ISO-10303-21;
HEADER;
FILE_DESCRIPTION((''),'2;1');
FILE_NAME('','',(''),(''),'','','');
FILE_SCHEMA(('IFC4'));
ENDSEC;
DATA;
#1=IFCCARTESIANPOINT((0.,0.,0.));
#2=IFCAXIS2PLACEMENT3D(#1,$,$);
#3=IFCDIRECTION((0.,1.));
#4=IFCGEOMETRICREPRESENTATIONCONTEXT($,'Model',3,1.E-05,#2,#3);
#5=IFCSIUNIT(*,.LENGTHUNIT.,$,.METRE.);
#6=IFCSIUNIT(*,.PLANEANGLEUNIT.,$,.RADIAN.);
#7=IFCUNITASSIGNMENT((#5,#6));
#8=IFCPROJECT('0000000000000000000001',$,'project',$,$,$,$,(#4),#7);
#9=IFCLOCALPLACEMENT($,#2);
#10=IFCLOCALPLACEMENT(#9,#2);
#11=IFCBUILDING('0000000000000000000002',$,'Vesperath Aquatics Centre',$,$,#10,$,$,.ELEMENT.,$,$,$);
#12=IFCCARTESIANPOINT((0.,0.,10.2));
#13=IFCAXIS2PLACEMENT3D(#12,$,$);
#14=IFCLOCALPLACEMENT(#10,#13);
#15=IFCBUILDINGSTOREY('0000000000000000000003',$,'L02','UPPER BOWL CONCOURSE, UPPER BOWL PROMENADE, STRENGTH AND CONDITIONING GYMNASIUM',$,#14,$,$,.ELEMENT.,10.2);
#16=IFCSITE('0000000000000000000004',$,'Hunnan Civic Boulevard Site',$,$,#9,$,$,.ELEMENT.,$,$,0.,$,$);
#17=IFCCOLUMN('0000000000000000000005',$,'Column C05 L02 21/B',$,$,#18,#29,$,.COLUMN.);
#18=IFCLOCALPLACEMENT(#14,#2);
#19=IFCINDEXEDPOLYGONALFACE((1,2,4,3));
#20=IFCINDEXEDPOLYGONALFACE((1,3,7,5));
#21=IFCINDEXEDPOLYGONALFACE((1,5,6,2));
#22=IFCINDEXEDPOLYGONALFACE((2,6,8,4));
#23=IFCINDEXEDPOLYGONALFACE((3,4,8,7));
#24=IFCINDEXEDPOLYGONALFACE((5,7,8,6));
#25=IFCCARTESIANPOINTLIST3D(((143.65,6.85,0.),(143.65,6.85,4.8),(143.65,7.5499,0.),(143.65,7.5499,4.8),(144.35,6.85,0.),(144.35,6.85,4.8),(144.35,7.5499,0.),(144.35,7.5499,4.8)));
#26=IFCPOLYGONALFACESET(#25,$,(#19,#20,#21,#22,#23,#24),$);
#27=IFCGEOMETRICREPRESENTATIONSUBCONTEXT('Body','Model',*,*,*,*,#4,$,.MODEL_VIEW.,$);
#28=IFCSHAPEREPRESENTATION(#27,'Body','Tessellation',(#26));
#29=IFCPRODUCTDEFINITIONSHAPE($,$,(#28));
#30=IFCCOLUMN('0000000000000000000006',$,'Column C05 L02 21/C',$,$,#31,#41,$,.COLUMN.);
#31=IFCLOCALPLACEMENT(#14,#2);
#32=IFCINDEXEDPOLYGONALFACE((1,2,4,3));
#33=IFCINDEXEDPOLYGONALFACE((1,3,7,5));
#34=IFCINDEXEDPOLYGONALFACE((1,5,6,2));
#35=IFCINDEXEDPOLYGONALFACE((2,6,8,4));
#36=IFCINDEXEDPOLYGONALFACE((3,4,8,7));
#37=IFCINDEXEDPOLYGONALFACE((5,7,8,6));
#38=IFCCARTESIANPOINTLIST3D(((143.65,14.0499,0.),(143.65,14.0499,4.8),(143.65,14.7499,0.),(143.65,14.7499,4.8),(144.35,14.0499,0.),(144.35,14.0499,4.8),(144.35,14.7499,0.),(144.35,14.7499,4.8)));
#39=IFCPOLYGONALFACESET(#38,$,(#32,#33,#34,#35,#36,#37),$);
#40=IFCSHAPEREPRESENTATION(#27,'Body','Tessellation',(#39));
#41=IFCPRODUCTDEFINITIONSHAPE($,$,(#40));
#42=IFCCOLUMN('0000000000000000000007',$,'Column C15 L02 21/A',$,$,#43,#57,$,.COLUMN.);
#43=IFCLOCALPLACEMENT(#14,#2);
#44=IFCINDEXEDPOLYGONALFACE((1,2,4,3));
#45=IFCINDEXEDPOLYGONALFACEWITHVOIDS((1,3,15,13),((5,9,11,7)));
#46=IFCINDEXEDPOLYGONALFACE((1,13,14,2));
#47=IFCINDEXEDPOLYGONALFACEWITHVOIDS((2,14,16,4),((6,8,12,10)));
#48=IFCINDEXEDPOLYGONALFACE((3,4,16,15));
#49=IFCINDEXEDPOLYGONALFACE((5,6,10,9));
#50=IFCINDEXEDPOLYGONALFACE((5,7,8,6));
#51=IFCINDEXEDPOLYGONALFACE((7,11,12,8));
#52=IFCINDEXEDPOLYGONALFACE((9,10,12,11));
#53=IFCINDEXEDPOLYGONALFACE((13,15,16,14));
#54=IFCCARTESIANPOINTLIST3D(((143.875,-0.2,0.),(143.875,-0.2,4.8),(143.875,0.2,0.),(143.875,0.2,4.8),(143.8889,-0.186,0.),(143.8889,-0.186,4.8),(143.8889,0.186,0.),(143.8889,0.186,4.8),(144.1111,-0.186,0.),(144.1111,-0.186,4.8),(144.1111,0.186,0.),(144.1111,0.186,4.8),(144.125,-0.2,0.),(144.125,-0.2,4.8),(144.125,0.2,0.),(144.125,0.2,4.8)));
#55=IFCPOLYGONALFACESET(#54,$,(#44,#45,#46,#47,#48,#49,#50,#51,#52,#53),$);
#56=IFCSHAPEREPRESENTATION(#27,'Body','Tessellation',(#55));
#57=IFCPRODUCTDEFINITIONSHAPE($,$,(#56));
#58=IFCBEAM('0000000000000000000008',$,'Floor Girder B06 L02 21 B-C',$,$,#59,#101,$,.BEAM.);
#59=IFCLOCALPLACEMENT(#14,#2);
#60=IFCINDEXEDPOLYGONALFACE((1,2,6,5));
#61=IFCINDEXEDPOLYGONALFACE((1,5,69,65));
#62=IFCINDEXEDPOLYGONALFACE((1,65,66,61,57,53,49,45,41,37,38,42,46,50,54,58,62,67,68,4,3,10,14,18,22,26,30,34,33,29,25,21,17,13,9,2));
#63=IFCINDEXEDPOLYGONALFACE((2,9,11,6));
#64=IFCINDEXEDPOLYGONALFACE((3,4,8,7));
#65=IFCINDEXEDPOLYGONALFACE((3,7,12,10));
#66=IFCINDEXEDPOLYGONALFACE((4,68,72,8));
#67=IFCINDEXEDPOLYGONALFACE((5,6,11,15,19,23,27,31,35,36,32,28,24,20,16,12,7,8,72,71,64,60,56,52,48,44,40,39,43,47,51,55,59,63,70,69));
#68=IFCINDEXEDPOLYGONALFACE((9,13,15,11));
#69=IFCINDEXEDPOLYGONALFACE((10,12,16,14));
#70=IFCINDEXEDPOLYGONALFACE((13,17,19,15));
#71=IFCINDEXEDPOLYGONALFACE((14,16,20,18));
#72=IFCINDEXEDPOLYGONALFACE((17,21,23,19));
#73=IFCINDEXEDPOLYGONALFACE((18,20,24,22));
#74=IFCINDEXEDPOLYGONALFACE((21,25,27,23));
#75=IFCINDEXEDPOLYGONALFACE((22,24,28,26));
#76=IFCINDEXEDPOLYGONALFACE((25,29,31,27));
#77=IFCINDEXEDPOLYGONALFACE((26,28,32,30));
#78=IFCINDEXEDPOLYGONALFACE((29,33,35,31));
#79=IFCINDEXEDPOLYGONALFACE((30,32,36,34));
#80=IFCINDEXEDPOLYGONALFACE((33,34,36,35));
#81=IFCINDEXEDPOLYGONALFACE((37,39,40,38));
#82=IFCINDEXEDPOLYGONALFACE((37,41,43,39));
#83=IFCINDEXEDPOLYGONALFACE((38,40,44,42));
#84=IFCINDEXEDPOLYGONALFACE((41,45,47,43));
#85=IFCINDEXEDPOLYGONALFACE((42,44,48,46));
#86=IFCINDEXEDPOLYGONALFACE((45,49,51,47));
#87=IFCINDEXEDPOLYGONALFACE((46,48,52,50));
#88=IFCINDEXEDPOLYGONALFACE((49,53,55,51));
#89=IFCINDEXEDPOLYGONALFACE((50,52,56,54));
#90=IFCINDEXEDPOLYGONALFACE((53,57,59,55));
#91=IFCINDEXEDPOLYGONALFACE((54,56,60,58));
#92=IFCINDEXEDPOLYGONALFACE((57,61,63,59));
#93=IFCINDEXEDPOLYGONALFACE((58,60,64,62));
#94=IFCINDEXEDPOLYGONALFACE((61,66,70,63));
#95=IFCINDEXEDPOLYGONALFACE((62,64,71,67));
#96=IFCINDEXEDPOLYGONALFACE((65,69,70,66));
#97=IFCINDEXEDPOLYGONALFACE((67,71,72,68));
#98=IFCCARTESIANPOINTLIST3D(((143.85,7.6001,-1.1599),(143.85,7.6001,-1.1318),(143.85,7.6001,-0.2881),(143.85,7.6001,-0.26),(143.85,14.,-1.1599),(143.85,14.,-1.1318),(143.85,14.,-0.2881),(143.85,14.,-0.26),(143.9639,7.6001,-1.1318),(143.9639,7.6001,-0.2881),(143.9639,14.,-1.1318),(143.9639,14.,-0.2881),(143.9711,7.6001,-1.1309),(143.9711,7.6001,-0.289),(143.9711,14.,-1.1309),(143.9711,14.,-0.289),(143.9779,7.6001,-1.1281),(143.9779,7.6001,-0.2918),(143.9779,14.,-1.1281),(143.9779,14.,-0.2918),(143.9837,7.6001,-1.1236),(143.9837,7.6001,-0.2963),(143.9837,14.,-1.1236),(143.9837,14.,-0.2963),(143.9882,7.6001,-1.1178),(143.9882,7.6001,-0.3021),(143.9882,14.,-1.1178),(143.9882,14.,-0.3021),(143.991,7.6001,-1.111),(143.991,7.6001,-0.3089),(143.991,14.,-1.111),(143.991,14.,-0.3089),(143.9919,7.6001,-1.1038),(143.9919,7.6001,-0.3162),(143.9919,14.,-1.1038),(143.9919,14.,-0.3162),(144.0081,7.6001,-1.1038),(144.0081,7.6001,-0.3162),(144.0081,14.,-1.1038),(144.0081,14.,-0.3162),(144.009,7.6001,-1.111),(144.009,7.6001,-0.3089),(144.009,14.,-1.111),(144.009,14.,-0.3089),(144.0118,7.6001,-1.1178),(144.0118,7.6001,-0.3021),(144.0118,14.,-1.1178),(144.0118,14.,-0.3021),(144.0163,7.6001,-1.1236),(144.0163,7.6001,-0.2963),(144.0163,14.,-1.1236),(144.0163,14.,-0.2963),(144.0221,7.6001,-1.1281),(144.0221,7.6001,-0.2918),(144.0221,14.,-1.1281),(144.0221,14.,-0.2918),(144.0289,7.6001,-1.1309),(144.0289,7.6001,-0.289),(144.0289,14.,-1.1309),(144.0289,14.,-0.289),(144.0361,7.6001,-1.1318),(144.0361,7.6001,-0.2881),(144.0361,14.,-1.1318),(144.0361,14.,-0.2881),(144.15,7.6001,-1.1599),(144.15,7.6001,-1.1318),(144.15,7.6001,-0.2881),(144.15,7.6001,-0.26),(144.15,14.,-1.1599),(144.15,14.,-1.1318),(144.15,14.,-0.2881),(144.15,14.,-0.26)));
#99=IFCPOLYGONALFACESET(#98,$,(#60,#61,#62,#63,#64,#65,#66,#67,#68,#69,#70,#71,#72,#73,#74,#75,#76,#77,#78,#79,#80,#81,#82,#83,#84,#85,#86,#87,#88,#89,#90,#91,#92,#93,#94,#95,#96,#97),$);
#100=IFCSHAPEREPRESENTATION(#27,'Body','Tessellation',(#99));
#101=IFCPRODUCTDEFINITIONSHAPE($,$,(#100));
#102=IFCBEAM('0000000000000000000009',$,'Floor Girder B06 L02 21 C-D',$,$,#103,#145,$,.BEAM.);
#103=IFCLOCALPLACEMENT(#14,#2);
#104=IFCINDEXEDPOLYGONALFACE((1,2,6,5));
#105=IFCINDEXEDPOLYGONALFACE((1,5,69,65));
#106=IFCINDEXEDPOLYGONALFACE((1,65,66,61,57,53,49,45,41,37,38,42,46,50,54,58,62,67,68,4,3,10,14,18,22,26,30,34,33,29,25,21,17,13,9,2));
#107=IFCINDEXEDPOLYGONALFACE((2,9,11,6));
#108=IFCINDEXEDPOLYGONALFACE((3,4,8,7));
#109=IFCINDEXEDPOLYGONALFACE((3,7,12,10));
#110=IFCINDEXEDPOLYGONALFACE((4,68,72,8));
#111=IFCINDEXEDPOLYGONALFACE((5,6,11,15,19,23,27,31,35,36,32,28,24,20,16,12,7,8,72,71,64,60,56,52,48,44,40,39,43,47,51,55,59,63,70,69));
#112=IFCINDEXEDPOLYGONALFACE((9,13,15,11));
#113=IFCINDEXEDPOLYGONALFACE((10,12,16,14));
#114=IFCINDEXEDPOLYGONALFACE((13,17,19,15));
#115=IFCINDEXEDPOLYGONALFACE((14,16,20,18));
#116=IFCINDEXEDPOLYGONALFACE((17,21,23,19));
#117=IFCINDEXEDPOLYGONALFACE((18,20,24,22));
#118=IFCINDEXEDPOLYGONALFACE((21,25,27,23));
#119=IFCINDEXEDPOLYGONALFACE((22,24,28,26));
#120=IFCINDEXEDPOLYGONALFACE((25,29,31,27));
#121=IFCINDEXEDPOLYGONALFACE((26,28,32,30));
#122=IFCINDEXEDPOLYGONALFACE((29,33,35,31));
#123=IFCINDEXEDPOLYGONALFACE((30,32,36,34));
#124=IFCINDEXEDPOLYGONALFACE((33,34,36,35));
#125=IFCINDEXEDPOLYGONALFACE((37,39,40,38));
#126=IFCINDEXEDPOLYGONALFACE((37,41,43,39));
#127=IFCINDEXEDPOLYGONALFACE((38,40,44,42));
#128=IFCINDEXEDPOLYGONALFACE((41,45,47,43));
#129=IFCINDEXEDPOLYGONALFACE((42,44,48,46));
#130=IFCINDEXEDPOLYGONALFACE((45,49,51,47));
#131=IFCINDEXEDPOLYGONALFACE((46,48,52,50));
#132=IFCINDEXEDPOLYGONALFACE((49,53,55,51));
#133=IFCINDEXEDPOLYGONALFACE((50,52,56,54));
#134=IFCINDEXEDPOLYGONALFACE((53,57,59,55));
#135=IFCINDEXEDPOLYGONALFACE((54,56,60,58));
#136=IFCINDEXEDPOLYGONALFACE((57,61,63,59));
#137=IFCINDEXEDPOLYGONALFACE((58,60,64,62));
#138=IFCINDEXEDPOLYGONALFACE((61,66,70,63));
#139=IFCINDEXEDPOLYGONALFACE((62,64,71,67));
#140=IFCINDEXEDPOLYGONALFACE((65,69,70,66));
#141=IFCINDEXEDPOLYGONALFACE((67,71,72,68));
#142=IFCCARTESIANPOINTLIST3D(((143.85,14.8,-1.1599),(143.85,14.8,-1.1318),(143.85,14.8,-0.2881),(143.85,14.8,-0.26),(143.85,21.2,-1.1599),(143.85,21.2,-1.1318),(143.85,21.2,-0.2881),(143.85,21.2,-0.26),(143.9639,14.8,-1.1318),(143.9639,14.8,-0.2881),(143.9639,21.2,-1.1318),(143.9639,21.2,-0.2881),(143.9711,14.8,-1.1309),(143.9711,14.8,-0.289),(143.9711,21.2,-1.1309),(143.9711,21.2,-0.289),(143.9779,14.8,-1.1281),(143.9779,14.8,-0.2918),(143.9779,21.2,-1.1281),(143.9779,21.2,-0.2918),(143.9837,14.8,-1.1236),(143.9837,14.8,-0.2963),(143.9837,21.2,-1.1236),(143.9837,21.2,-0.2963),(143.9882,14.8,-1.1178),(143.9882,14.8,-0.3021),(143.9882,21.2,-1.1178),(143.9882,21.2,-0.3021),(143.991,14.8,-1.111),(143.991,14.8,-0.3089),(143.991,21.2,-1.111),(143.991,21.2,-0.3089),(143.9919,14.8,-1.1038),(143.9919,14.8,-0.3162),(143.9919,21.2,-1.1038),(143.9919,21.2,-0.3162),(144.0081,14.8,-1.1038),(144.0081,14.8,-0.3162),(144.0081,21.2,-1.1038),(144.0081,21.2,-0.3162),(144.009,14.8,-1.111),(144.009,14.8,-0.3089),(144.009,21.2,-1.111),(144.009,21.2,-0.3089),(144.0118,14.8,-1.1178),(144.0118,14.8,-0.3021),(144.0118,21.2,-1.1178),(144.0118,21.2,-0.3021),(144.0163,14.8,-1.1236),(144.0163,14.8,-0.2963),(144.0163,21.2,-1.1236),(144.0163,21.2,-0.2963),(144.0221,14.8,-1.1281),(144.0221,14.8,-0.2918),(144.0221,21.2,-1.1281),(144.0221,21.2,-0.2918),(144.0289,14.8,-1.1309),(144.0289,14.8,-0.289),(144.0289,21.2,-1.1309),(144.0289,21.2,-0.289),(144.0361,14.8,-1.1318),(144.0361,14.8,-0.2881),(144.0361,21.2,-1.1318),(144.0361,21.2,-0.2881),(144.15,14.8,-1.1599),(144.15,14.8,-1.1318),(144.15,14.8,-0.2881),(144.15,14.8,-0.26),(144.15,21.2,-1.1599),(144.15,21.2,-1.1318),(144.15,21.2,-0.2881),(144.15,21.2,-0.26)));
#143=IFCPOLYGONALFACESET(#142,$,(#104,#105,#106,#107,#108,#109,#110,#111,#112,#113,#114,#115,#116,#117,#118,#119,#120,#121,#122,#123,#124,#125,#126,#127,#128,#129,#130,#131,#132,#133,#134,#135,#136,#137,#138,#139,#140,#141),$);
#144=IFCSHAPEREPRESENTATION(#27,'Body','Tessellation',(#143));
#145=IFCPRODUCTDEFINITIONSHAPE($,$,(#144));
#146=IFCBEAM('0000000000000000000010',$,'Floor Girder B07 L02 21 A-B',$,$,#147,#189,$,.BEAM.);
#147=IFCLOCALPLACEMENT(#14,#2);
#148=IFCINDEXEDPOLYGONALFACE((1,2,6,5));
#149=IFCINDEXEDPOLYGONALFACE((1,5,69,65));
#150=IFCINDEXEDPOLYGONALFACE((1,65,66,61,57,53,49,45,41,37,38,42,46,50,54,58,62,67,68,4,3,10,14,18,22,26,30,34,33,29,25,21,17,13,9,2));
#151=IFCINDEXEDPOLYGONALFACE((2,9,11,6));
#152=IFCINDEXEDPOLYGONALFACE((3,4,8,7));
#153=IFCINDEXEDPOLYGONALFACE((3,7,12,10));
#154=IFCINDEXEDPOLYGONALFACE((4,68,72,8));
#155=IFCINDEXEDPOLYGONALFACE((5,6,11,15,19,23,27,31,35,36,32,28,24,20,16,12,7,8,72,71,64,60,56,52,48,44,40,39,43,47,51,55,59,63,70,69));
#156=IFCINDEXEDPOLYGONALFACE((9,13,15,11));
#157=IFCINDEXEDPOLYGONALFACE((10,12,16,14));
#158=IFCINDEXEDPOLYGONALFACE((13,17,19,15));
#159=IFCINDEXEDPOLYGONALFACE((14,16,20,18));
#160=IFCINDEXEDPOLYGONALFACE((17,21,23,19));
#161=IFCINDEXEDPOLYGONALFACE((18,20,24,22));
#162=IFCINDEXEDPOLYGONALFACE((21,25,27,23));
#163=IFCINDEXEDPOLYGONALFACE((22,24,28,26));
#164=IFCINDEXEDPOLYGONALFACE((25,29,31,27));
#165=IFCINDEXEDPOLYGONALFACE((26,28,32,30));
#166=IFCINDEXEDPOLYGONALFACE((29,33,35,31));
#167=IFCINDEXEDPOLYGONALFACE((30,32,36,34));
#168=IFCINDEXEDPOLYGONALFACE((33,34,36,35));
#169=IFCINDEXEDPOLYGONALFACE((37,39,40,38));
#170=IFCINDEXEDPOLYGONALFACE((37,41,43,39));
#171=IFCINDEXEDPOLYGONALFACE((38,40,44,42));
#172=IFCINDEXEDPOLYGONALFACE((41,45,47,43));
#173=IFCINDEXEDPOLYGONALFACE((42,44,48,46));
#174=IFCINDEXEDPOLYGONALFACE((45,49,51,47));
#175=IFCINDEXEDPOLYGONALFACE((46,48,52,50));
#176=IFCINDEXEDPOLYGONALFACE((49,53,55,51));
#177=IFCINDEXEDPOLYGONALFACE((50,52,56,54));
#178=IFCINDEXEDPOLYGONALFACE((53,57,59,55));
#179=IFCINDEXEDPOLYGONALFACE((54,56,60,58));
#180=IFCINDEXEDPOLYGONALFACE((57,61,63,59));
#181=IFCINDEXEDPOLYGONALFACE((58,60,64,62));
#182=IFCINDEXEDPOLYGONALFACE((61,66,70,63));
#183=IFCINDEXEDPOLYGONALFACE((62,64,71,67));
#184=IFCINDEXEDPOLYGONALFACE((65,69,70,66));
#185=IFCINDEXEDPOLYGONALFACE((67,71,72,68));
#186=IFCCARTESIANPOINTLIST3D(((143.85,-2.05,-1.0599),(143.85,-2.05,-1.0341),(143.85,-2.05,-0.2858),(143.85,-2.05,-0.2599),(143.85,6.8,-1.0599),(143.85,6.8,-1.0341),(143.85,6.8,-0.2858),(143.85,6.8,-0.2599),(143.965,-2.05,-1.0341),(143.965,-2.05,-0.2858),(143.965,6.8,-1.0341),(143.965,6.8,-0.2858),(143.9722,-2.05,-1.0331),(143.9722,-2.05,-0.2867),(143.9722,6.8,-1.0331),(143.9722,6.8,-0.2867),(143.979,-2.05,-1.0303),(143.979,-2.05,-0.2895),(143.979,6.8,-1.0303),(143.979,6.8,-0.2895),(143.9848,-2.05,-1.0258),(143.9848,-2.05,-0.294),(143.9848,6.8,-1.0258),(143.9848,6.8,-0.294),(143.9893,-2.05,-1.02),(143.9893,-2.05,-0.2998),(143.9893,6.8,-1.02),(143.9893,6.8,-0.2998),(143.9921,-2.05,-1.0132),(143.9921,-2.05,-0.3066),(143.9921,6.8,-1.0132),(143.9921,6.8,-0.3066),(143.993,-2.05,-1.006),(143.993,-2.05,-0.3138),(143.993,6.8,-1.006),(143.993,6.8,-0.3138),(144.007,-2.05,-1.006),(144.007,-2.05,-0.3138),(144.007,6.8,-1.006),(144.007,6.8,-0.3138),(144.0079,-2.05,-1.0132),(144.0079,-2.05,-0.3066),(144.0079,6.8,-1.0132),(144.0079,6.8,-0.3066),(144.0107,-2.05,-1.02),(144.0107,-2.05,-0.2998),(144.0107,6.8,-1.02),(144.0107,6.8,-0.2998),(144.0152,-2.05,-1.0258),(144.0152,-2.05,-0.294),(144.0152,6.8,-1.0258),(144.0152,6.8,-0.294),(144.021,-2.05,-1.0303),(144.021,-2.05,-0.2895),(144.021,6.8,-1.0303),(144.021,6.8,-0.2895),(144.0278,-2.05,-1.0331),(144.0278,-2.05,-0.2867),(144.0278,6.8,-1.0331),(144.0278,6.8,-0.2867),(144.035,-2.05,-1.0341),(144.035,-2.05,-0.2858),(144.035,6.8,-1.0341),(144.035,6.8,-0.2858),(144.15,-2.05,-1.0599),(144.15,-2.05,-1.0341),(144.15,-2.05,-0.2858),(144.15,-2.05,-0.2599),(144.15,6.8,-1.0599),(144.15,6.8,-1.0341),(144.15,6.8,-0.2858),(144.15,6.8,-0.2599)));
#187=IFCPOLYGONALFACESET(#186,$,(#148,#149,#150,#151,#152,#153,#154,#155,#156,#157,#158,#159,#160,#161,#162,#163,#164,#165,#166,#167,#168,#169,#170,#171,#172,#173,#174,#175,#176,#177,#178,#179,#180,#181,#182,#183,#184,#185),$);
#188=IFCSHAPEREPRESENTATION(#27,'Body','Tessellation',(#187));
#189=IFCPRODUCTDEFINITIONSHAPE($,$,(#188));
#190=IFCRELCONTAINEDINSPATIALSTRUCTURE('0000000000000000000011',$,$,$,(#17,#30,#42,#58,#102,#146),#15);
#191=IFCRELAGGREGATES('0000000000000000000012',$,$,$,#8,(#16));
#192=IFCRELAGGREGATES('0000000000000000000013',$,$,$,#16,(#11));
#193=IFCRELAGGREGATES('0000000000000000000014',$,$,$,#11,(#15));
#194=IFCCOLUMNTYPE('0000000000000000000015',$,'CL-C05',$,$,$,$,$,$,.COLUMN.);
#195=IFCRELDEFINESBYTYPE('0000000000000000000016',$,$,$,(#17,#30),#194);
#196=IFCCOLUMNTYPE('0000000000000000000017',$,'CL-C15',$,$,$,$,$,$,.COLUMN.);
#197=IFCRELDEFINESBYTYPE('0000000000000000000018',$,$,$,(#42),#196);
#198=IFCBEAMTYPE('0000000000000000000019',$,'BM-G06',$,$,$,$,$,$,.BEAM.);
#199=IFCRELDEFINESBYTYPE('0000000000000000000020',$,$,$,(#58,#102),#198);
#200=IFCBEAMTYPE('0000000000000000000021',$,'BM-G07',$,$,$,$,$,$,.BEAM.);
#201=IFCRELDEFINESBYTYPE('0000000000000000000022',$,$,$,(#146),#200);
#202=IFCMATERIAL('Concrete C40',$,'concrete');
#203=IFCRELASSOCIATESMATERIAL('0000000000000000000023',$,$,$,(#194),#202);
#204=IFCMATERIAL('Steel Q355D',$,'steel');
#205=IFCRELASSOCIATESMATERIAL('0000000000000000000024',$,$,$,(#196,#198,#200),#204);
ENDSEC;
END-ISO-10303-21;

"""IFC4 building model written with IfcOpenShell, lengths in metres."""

from ifc_helpers import new_model, si_unit, direction, frame, origin, origin_2d, place, context, subcontext, project, spatial, rectangle, hollow_rectangle, i_section, extrude, material, material_profile, profile_set, type_object, element, save


model = new_model("IFC4")

# Units and contexts
model_context = context("Model", 3, precision=1e-05, world=origin(), true_north=direction((0.0, 1.0)))
body_context = subcontext(model_context, "Body", "Model", "MODEL_VIEW")
ifc_project = project(units=[si_unit("LENGTHUNIT", "METRE"), si_unit("PLANEANGLEUNIT", "RADIAN")], contexts=[model_context])

# Site, building, storey
site_placement = place(None, origin())
site = spatial("IfcSite", under=ifc_project, at=site_placement, Name="Hunnan Civic Boulevard Site", CompositionType="ELEMENT", RefElevation=0.0)
building_placement = place(site_placement, origin())
building = spatial("IfcBuilding", under=site, at=building_placement, Name="Vesperath Aquatics Centre", CompositionType="ELEMENT")
storey_placement = place(building_placement, frame((0.0, 0.0, 10.2)))
storey = spatial("IfcBuildingStorey", under=building, at=storey_placement, Name="L02", Description="UPPER BOWL CONCOURSE, UPPER BOWL PROMENADE, STRENGTH AND CONDITIONING GYMNASIUM", CompositionType="ELEMENT", Elevation=10.2)

# Columns
ifc_material_1 = material(Name="Concrete C40", Category="concrete")
ifc_material_profile_1 = material_profile(ifc_material_1, rectangle(XDim=0.7, YDim=0.7, at=origin_2d()), Name="RC 700x700")
ifc_profile_set_1 = profile_set([ifc_material_profile_1], Name="Concrete C40")
column_type_1 = type_object("IfcColumnType", Name="CL-C05", PredefinedType="COLUMN", material=ifc_profile_set_1)
for number, where, z_axis, x_axis, name in (
    (1, (144.0, 7.2, 0.0), (0.0, 0.0, 1.0), (1.0, 0.0, 0.0), "Column C05 L02 21/B"),
    (2, (144.0, 14.3999, 0.0), (0.0, 0.0, 1.0), (1.0, 0.0, 0.0), "Column C05 L02 21/C"),
):
    element("IfcColumn", number, at=place(storey_placement, frame(where, z_axis=z_axis, x_axis=x_axis)), inside=storey, type_object=column_type_1, Name=name, PredefinedType="COLUMN", context=body_context, shape_type="SweptSolid", body=[
        extrude(rectangle(XDim=0.7, YDim=0.7, at=origin_2d()), origin(), (0.0, 0.0, 1.0), 4.8),
    ])
ifc_material_2 = material(Name="Steel Q355D", Category="steel")
ifc_material_profile_2 = material_profile(ifc_material_2, hollow_rectangle(XDim=0.25, YDim=0.3999, WallThickness=0.0139, at=origin_2d()), Name="RHS 400x250x14")
ifc_profile_set_2 = profile_set([ifc_material_profile_2], Name="Steel Q355D")
column_type_2 = type_object("IfcColumnType", Name="CL-C15", PredefinedType="COLUMN", material=ifc_profile_set_2)
column_placement = place(storey_placement, frame((144.0, 0.0, 0.0), z_axis=(0.0, 0.0, 1.0), x_axis=(1.0, 0.0, 0.0)))
element("IfcColumn", 3, at=column_placement, inside=storey, type_object=column_type_2, Name="Column C15 L02 21/A", PredefinedType="COLUMN", context=body_context, shape_type="SweptSolid", body=[
    extrude(hollow_rectangle(XDim=0.25, YDim=0.3999, WallThickness=0.0139, at=origin_2d()), origin(), (0.0, 0.0, 1.0), 4.8),
])

# Beams
ifc_material_profile_3 = material_profile(ifc_material_2, i_section(OverallWidth=0.3, OverallDepth=0.8999, WebThickness=0.0161, FlangeThickness=0.0281, FilletRadius=0.0281, at=origin_2d()), Name="HN 900x300x16x28")
ifc_profile_set_3 = profile_set([ifc_material_profile_3], Name="Steel Q355D")
beam_type_1 = type_object("IfcBeamType", Name="BM-G06", PredefinedType="BEAM", material=ifc_profile_set_3)
for number, where, z_axis, x_axis, name in (
    (4, (144.0, 7.6001, -0.71), (0.0, 1.0, 0.0), (-1.0, 0.0, 0.0), "Floor Girder B06 L02 21 B-C"),
    (5, (144.0, 14.8, -0.71), (0.0, 1.0, 0.0), (-1.0, 0.0, 0.0), "Floor Girder B06 L02 21 C-D"),
):
    element("IfcBeam", number, at=place(storey_placement, frame(where, z_axis=z_axis, x_axis=x_axis)), inside=storey, type_object=beam_type_1, Name=name, PredefinedType="BEAM", context=body_context, shape_type="SweptSolid", body=[
        extrude(i_section(OverallWidth=0.3, OverallDepth=0.8999, WebThickness=0.0161, FlangeThickness=0.0281, FilletRadius=0.0281, at=origin_2d()), origin(), (0.0, 0.0, 1.0), 6.3999),
    ])
ifc_material_profile_4 = material_profile(ifc_material_2, i_section(OverallWidth=0.3, OverallDepth=0.8, WebThickness=0.0139, FlangeThickness=0.0259, FilletRadius=0.0281, at=origin_2d()), Name="HN 800x300x14x26")
ifc_profile_set_4 = profile_set([ifc_material_profile_4], Name="Steel Q355D")
beam_type_2 = type_object("IfcBeamType", Name="BM-G07", PredefinedType="BEAM", material=ifc_profile_set_4)
beam_1_placement = place(storey_placement, frame((144.0, -2.05, -0.6599), z_axis=(0.0, 1.0, 0.0), x_axis=(-1.0, 0.0, 0.0)))
element("IfcBeam", 6, at=beam_1_placement, inside=storey, type_object=beam_type_2, Name="Floor Girder B07 L02 21 A-B", PredefinedType="BEAM", context=body_context, shape_type="SweptSolid", body=[
    extrude(i_section(OverallWidth=0.3, OverallDepth=0.8, WebThickness=0.0139, FlangeThickness=0.0259, FilletRadius=0.0281, at=origin_2d()), origin(), (0.0, 0.0, 1.0), 8.8501),
])

save(model, "model.ifc")
